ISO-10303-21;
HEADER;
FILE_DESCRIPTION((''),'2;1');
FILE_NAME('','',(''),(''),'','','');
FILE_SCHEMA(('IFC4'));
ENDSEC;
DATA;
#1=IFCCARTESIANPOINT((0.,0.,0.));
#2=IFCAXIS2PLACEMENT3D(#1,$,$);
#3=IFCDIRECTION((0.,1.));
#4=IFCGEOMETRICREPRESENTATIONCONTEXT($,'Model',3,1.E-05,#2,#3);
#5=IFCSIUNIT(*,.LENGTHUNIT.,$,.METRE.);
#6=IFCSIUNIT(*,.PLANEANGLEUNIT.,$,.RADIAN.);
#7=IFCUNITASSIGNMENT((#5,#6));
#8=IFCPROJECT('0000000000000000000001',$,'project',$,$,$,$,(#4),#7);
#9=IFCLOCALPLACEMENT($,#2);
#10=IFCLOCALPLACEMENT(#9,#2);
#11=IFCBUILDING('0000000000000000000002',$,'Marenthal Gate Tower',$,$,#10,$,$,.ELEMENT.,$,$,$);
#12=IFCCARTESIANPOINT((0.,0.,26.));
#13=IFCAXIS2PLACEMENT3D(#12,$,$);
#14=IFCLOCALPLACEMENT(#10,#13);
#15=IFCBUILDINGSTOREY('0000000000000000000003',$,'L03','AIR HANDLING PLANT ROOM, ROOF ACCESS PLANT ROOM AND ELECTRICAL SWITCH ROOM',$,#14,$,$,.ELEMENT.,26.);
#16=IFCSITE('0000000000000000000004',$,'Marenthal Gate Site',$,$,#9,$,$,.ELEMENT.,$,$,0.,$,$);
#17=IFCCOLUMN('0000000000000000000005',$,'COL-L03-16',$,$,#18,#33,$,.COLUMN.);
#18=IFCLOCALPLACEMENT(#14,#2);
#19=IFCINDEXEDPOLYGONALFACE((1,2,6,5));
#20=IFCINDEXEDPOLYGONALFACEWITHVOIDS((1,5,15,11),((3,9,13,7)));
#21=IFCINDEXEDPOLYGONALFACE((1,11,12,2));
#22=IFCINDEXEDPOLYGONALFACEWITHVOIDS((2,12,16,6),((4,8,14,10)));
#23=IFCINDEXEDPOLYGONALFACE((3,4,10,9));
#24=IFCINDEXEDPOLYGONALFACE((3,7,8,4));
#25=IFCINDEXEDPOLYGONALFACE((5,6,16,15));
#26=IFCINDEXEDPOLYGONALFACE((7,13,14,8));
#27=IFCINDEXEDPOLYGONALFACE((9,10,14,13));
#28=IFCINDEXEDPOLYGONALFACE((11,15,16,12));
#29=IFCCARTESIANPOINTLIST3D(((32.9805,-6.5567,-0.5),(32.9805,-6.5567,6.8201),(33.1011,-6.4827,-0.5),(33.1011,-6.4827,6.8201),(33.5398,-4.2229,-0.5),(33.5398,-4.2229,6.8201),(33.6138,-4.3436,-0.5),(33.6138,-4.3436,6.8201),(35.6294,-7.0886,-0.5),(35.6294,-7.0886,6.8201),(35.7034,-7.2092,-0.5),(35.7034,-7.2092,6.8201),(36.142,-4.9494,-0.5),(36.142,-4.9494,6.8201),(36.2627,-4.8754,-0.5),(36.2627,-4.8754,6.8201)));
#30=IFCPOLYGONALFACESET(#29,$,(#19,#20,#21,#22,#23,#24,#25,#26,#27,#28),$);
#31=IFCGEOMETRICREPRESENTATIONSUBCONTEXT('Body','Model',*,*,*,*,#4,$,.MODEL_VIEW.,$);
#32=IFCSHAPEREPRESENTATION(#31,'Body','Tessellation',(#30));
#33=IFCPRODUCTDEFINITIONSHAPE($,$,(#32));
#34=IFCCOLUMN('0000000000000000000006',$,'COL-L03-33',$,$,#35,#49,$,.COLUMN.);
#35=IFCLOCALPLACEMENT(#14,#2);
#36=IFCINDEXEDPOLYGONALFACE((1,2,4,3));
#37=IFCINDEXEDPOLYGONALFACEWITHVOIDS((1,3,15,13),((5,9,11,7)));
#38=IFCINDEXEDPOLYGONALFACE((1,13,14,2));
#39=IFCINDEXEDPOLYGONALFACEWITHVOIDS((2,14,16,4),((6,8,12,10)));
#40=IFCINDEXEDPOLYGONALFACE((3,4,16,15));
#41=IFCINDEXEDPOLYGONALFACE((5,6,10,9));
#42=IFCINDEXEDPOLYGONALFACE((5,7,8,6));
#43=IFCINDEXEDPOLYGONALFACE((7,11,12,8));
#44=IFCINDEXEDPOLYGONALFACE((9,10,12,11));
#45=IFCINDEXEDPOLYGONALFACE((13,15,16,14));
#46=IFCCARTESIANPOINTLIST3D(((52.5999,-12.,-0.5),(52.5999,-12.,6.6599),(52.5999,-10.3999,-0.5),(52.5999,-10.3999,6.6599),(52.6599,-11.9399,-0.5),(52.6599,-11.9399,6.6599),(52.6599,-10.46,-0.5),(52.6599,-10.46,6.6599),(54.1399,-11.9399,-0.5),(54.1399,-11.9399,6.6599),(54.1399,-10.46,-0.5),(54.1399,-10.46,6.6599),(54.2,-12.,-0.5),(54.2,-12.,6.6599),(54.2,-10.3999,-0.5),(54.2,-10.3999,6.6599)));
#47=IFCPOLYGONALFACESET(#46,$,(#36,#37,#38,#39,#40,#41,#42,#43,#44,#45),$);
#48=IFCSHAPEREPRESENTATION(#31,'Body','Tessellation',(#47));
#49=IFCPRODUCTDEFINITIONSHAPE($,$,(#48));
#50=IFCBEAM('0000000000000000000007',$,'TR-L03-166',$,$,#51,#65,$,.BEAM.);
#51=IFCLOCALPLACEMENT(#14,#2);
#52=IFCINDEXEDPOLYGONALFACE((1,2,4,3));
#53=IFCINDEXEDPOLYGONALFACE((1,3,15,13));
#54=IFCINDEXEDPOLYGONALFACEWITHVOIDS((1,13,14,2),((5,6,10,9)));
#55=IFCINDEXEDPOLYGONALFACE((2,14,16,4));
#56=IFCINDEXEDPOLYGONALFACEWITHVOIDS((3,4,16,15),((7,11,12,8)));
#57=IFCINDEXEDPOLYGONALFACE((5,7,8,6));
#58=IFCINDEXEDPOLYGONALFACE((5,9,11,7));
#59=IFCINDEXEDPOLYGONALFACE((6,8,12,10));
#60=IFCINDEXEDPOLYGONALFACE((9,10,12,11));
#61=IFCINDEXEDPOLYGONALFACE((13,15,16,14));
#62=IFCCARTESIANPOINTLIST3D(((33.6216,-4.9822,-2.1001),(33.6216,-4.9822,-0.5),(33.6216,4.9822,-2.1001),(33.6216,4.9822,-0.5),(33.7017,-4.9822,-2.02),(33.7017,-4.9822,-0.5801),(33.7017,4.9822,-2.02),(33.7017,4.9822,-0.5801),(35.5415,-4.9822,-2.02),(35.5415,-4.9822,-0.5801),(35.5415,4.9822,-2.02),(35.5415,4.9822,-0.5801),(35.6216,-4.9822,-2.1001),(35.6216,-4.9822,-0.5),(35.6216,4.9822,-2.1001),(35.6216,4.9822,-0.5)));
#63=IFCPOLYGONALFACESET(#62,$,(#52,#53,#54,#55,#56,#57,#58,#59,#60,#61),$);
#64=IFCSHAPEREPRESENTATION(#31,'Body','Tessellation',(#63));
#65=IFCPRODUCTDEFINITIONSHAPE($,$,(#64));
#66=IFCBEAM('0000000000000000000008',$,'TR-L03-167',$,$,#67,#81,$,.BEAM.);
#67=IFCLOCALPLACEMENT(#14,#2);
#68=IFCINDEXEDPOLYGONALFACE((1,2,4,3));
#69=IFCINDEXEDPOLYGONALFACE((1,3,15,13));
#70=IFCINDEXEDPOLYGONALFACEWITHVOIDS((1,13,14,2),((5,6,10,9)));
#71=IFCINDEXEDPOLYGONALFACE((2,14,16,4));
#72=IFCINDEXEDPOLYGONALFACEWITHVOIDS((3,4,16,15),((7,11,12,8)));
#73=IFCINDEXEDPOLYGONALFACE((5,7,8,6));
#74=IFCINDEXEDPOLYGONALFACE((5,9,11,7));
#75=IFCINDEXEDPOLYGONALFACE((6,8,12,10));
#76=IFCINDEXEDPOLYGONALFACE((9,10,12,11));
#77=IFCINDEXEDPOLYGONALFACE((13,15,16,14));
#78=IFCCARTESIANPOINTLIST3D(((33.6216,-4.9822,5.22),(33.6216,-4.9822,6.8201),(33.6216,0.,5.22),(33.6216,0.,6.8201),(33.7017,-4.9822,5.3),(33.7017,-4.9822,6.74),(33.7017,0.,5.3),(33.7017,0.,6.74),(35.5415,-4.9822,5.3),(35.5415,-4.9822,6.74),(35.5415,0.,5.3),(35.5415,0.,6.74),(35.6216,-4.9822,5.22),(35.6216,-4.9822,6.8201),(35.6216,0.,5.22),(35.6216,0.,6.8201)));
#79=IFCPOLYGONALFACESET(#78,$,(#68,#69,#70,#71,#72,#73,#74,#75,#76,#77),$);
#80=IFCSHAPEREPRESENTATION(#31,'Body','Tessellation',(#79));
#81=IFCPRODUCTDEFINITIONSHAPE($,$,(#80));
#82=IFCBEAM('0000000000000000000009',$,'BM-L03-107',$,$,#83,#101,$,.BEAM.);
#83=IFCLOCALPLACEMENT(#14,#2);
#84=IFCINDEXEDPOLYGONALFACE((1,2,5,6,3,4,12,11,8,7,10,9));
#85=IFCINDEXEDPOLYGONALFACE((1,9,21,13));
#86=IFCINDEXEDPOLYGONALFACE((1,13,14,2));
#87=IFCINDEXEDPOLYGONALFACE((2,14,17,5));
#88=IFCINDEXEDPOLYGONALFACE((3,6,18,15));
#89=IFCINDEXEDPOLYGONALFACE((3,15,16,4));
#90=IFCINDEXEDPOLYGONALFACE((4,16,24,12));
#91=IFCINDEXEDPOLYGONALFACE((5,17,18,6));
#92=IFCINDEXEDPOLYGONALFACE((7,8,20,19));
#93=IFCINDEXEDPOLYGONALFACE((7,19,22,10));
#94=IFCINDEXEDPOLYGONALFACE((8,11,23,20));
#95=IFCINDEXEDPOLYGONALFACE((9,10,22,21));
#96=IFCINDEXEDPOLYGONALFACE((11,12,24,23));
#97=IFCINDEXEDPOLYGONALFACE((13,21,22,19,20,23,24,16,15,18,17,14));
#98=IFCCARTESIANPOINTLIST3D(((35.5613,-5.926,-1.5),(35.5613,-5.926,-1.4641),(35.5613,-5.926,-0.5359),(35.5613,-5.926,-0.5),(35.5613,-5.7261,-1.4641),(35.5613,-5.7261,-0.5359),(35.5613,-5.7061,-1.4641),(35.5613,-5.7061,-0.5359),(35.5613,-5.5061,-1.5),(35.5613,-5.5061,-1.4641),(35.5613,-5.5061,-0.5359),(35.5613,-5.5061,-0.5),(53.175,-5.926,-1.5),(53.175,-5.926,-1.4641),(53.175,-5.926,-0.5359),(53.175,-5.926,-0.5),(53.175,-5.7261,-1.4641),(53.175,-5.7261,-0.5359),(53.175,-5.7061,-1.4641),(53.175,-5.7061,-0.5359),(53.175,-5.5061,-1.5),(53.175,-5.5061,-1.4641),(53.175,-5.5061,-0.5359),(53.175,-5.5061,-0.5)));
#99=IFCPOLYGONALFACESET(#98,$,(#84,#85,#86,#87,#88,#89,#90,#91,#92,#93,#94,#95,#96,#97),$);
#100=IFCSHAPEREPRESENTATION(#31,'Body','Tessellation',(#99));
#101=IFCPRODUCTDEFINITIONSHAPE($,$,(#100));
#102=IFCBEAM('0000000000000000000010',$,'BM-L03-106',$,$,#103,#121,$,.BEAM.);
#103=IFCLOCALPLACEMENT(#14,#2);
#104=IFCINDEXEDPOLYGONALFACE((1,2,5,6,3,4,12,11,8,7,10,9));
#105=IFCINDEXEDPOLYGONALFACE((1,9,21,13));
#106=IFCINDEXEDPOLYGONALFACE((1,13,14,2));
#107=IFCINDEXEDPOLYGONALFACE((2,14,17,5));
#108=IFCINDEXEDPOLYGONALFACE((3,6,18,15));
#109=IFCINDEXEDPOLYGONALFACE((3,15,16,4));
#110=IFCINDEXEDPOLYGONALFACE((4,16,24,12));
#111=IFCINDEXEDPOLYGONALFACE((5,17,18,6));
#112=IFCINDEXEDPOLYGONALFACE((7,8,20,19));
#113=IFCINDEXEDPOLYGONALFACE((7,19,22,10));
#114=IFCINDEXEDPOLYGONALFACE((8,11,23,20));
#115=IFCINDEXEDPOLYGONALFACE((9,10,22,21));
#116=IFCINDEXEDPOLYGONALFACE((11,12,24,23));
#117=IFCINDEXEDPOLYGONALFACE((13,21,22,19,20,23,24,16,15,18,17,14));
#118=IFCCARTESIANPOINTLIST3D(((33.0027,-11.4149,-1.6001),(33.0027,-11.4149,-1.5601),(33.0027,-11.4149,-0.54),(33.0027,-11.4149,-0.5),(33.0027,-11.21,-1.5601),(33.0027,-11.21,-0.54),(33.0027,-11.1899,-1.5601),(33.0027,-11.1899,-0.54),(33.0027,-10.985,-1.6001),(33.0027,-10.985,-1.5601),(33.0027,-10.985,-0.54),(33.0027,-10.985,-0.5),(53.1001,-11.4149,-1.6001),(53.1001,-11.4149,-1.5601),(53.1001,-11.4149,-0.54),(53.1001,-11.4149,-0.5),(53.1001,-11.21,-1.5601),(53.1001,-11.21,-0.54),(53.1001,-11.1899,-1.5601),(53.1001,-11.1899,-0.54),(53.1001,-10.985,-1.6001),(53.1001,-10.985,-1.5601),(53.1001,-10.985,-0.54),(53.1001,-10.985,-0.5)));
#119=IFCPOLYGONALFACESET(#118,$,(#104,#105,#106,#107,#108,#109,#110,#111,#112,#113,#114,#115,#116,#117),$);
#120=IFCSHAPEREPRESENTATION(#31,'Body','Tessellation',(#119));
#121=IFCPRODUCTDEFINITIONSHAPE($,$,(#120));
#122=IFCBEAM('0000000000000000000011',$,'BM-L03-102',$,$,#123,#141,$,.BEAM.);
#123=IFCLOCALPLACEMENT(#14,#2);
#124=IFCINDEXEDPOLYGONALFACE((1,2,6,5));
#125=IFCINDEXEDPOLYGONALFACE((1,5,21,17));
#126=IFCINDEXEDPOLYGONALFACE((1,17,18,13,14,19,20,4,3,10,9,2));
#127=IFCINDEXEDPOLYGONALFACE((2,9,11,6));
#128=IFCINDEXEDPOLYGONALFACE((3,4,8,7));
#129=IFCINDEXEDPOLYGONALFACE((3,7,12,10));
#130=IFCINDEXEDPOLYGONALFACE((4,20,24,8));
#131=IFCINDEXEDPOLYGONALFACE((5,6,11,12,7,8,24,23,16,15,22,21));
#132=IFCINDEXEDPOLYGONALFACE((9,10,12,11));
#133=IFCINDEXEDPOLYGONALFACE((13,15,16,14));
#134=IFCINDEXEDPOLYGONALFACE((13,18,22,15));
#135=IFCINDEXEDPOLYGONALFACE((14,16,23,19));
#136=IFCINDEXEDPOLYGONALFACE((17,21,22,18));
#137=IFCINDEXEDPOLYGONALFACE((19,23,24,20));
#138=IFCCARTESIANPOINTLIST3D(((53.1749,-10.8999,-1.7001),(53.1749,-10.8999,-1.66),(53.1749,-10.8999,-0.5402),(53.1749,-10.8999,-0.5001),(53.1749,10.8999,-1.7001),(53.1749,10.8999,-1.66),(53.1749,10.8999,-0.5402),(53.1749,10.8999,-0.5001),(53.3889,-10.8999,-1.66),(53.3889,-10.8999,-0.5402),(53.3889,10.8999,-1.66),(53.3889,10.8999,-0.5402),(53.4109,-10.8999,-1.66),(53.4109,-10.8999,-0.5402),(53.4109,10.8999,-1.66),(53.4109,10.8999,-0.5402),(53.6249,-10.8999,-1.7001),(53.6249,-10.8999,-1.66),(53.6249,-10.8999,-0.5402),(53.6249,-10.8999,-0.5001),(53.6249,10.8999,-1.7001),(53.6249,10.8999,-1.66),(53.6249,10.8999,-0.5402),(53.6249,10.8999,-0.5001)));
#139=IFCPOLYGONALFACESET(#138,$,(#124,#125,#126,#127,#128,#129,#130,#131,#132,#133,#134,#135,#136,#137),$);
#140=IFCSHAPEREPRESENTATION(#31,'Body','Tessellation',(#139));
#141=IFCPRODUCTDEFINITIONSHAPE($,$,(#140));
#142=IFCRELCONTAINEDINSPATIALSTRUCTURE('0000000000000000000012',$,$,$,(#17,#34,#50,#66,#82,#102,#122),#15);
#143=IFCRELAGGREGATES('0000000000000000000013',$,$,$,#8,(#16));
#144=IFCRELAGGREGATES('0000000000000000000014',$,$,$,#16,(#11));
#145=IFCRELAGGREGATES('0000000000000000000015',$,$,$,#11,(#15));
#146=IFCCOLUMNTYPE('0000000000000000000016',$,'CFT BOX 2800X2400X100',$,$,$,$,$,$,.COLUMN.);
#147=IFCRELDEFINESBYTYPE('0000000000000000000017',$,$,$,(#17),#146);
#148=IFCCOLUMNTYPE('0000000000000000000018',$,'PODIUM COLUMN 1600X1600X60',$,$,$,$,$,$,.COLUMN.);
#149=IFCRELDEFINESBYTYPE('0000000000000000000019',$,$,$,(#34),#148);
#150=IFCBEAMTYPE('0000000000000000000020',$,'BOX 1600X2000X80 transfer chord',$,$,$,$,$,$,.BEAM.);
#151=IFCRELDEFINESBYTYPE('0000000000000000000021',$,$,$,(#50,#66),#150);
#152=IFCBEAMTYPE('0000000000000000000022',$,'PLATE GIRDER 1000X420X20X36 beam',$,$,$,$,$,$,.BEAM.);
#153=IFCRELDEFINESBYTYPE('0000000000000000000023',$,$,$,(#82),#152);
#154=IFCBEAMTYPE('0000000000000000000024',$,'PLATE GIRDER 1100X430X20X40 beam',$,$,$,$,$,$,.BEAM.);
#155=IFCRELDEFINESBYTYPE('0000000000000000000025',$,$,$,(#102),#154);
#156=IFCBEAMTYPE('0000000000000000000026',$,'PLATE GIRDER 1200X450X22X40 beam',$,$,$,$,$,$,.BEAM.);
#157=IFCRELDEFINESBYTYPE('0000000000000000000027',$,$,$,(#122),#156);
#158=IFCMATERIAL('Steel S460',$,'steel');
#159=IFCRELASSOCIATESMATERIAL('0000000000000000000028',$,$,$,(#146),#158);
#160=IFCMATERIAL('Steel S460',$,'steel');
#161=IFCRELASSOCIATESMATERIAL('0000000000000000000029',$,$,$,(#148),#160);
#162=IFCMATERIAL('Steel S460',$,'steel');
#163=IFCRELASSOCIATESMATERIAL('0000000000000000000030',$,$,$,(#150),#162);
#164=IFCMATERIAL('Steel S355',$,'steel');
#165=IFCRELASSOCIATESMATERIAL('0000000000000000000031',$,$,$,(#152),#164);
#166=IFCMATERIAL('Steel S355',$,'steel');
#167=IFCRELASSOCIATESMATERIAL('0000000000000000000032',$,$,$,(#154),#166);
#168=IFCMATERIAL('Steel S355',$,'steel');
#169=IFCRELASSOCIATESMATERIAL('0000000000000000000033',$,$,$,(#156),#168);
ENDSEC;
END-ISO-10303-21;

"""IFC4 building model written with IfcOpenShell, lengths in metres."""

from ifc_helpers import new_model, si_unit, direction, frame, origin, origin_2d, place, context, subcontext, project, spatial, rectangle, hollow_rectangle, i_section, extrude, material, material_profile, profile_set, type_object, element, save


model = new_model("IFC4")

# Units and contexts
model_context = context("Model", 3, precision=1e-05, world=origin(), true_north=direction((0.0, 1.0)))
body_context = subcontext(model_context, "Body", "Model", "MODEL_VIEW")
ifc_project = project(units=[si_unit("LENGTHUNIT", "METRE"), si_unit("PLANEANGLEUNIT", "RADIAN")], contexts=[model_context])

# Site, building, storey
site_placement = place(None, origin())
site = spatial("IfcSite", under=ifc_project, at=site_placement, Name="Marenthal Gate Site", CompositionType="ELEMENT", RefElevation=0.0)
building_placement = place(site_placement, origin())
building = spatial("IfcBuilding", under=site, at=building_placement, Name="Marenthal Gate Tower", CompositionType="ELEMENT")
storey_placement = place(building_placement, frame((0.0, 0.0, 26.0)))
storey = spatial("IfcBuildingStorey", under=building, at=storey_placement, Name="L03", Description="AIR HANDLING PLANT ROOM, ROOF ACCESS PLANT ROOM AND ELECTRICAL SWITCH ROOM", CompositionType="ELEMENT", Elevation=26.0)

# Columns
ifc_material_1 = material(Name="Steel S460", Category="steel")
ifc_material_profile_1 = material_profile(ifc_material_1, hollow_rectangle(XDim=2.3999, YDim=2.8, WallThickness=0.1001, at=origin_2d()), Name="CFT BOX 2800X2400X100")
ifc_material_2 = material(Name="Concrete 70 MPa", Category="concrete")
ifc_material_profile_2 = material_profile(ifc_material_2, rectangle(XDim=2.2, YDim=2.6001, at=origin_2d()), Name="CFT BOX 2800X2400X100 INFILL")
ifc_profile_set_1 = profile_set([ifc_material_profile_1, ifc_material_profile_2], Name="Steel S460 shell, Concrete 70 MPa infill")
column_type_1 = type_object("IfcColumnType", Name="CFT BOX 2800X2400X100", PredefinedType="COLUMN", material=ifc_profile_set_1)
column_1_placement = place(storey_placement, frame((34.6216, -5.7161, -0.5), z_axis=(0.0, 0.0, 1.0), x_axis=(-0.233047, -0.972466, 0.0)))
element("IfcColumn", 1, at=column_1_placement, inside=storey, type_object=column_type_1, Name="COL-L03-16", PredefinedType="COLUMN", context=body_context, shape_type="SweptSolid", body=[
    extrude(hollow_rectangle(XDim=2.3999, YDim=2.8, WallThickness=0.1001, at=origin_2d()), origin(), (0.0, 0.0, 1.0), 7.3201),
])
ifc_material_3 = material(Name="Steel S460", Category="steel")
ifc_material_profile_3 = material_profile(ifc_material_3, hollow_rectangle(XDim=1.6001, YDim=1.6001, WallThickness=0.0601, at=origin_2d()), Name="CFT BOX 1600X1600X60")
ifc_material_4 = material(Name="Concrete 70 MPa", Category="concrete")
ifc_material_profile_4 = material_profile(ifc_material_4, rectangle(XDim=1.48, YDim=1.48, at=origin_2d()), Name="CFT BOX 1600X1600X60 INFILL")
ifc_profile_set_2 = profile_set([ifc_material_profile_3, ifc_material_profile_4], Name="Steel S460 shell, Concrete 70 MPa infill")
column_type_2 = type_object("IfcColumnType", Name="PODIUM COLUMN 1600X1600X60", PredefinedType="COLUMN", material=ifc_profile_set_2)
column_2_placement = place(storey_placement, frame((53.3999, -11.2, -0.5), z_axis=(0.0, 0.0, 1.0), x_axis=(1.0, 0.0, 0.0)))
element("IfcColumn", 2, at=column_2_placement, inside=storey, type_object=column_type_2, Name="COL-L03-33", PredefinedType="COLUMN", context=body_context, shape_type="SweptSolid", body=[
    extrude(hollow_rectangle(XDim=1.6001, YDim=1.6001, WallThickness=0.0601, at=origin_2d()), origin(), (0.0, 0.0, 1.0), 7.1599),
])

# Beams
ifc_material_5 = material(Name="Steel S460", Category="steel")
ifc_material_profile_5 = material_profile(ifc_material_5, hollow_rectangle(XDim=2.0, YDim=1.6001, WallThickness=0.0801, at=origin_2d()), Name="BOX 1600X2000X80")
ifc_profile_set_3 = profile_set([ifc_material_profile_5], Name="Steel S460")
beam_type_1 = type_object("IfcBeamType", Name="BOX 1600X2000X80 transfer chord", PredefinedType="BEAM", material=ifc_profile_set_3)
beam_1_placement = place(storey_placement, frame((34.6216, -4.9822, -1.3), z_axis=(0.0, 1.0, 0.0), x_axis=(-1.0, 0.0, 0.0)))
element("IfcBeam", 3, at=beam_1_placement, inside=storey, type_object=beam_type_1, Name="TR-L03-166", PredefinedType="BEAM", context=body_context, shape_type="SweptSolid", body=[
    extrude(hollow_rectangle(XDim=2.0, YDim=1.6001, WallThickness=0.0801, at=origin_2d()), origin(), (0.0, 0.0, 1.0), 9.9644),
])
beam_2_placement = place(storey_placement, frame((34.6216, -4.9822, 6.02), z_axis=(0.0, 1.0, 0.0), x_axis=(-1.0, 0.0, 0.0)))
element("IfcBeam", 4, at=beam_2_placement, inside=storey, type_object=beam_type_1, Name="TR-L03-167", PredefinedType="BEAM", context=body_context, shape_type="SweptSolid", body=[
    extrude(hollow_rectangle(XDim=2.0, YDim=1.6001, WallThickness=0.0801, at=origin_2d()), origin(), (0.0, 0.0, 1.0), 4.9822),
])
ifc_material_6 = material(Name="Steel S355", Category="steel")
ifc_material_profile_6 = material_profile(ifc_material_6, i_section(OverallWidth=0.4199, OverallDepth=1.0, WebThickness=0.02, FlangeThickness=0.0359, at=origin_2d()), Name="PLATE GIRDER 1000X420X20X36")
ifc_profile_set_4 = profile_set([ifc_material_profile_6], Name="Steel S355")
beam_type_2 = type_object("IfcBeamType", Name="PLATE GIRDER 1000X420X20X36 beam", PredefinedType="BEAM", material=ifc_profile_set_4)
beam_3_placement = place(storey_placement, frame((35.5613, -5.7161, -1.0), z_axis=(1.0, 0.0, 0.0), x_axis=(0.0, 1.0, 0.0)))
element("IfcBeam", 5, at=beam_3_placement, inside=storey, type_object=beam_type_2, Name="BM-L03-107", PredefinedType="BEAM", context=body_context, shape_type="SweptSolid", body=[
    extrude(i_section(OverallWidth=0.4199, OverallDepth=1.0, WebThickness=0.02, FlangeThickness=0.0359, at=origin_2d()), origin(), (0.0, 0.0, 1.0), 17.6138),
])
ifc_material_7 = material(Name="Steel S355", Category="steel")
ifc_material_profile_7 = material_profile(ifc_material_7, i_section(OverallWidth=0.4299, OverallDepth=1.1001, WebThickness=0.02, FlangeThickness=0.04, at=origin_2d()), Name="PLATE GIRDER 1100X430X20X40")
ifc_profile_set_5 = profile_set([ifc_material_profile_7], Name="Steel S355")
beam_type_3 = type_object("IfcBeamType", Name="PLATE GIRDER 1100X430X20X40 beam", PredefinedType="BEAM", material=ifc_profile_set_5)
beam_4_placement = place(storey_placement, frame((33.0027, -11.2, -1.05), z_axis=(1.0, 0.0, 0.0), x_axis=(0.0, 1.0, 0.0)))
element("IfcBeam", 6, at=beam_4_placement, inside=storey, type_object=beam_type_3, Name="BM-L03-106", PredefinedType="BEAM", context=body_context, shape_type="SweptSolid", body=[
    extrude(i_section(OverallWidth=0.4299, OverallDepth=1.1001, WebThickness=0.02, FlangeThickness=0.04, at=origin_2d()), origin(), (0.0, 0.0, 1.0), 20.0974),
])
ifc_material_8 = material(Name="Steel S355", Category="steel")
ifc_material_profile_8 = material_profile(ifc_material_8, i_section(OverallWidth=0.45, OverallDepth=1.2, WebThickness=0.022, FlangeThickness=0.04, at=origin_2d()), Name="PLATE GIRDER 1200X450X22X40")
ifc_profile_set_6 = profile_set([ifc_material_profile_8], Name="Steel S355")
beam_type_4 = type_object("IfcBeamType", Name="PLATE GIRDER 1200X450X22X40 beam", PredefinedType="BEAM", material=ifc_profile_set_6)
beam_5_placement = place(storey_placement, frame((53.3999, -10.8999, -1.1001), z_axis=(0.0, 1.0, 0.0), x_axis=(-1.0, 0.0, 0.0)))
element("IfcBeam", 7, at=beam_5_placement, inside=storey, type_object=beam_type_4, Name="BM-L03-102", PredefinedType="BEAM", context=body_context, shape_type="SweptSolid", body=[
    extrude(i_section(OverallWidth=0.45, OverallDepth=1.2, WebThickness=0.022, FlangeThickness=0.04, at=origin_2d()), origin(), (0.0, 0.0, 1.0), 21.7998),
])

save(model, "model.ifc")
